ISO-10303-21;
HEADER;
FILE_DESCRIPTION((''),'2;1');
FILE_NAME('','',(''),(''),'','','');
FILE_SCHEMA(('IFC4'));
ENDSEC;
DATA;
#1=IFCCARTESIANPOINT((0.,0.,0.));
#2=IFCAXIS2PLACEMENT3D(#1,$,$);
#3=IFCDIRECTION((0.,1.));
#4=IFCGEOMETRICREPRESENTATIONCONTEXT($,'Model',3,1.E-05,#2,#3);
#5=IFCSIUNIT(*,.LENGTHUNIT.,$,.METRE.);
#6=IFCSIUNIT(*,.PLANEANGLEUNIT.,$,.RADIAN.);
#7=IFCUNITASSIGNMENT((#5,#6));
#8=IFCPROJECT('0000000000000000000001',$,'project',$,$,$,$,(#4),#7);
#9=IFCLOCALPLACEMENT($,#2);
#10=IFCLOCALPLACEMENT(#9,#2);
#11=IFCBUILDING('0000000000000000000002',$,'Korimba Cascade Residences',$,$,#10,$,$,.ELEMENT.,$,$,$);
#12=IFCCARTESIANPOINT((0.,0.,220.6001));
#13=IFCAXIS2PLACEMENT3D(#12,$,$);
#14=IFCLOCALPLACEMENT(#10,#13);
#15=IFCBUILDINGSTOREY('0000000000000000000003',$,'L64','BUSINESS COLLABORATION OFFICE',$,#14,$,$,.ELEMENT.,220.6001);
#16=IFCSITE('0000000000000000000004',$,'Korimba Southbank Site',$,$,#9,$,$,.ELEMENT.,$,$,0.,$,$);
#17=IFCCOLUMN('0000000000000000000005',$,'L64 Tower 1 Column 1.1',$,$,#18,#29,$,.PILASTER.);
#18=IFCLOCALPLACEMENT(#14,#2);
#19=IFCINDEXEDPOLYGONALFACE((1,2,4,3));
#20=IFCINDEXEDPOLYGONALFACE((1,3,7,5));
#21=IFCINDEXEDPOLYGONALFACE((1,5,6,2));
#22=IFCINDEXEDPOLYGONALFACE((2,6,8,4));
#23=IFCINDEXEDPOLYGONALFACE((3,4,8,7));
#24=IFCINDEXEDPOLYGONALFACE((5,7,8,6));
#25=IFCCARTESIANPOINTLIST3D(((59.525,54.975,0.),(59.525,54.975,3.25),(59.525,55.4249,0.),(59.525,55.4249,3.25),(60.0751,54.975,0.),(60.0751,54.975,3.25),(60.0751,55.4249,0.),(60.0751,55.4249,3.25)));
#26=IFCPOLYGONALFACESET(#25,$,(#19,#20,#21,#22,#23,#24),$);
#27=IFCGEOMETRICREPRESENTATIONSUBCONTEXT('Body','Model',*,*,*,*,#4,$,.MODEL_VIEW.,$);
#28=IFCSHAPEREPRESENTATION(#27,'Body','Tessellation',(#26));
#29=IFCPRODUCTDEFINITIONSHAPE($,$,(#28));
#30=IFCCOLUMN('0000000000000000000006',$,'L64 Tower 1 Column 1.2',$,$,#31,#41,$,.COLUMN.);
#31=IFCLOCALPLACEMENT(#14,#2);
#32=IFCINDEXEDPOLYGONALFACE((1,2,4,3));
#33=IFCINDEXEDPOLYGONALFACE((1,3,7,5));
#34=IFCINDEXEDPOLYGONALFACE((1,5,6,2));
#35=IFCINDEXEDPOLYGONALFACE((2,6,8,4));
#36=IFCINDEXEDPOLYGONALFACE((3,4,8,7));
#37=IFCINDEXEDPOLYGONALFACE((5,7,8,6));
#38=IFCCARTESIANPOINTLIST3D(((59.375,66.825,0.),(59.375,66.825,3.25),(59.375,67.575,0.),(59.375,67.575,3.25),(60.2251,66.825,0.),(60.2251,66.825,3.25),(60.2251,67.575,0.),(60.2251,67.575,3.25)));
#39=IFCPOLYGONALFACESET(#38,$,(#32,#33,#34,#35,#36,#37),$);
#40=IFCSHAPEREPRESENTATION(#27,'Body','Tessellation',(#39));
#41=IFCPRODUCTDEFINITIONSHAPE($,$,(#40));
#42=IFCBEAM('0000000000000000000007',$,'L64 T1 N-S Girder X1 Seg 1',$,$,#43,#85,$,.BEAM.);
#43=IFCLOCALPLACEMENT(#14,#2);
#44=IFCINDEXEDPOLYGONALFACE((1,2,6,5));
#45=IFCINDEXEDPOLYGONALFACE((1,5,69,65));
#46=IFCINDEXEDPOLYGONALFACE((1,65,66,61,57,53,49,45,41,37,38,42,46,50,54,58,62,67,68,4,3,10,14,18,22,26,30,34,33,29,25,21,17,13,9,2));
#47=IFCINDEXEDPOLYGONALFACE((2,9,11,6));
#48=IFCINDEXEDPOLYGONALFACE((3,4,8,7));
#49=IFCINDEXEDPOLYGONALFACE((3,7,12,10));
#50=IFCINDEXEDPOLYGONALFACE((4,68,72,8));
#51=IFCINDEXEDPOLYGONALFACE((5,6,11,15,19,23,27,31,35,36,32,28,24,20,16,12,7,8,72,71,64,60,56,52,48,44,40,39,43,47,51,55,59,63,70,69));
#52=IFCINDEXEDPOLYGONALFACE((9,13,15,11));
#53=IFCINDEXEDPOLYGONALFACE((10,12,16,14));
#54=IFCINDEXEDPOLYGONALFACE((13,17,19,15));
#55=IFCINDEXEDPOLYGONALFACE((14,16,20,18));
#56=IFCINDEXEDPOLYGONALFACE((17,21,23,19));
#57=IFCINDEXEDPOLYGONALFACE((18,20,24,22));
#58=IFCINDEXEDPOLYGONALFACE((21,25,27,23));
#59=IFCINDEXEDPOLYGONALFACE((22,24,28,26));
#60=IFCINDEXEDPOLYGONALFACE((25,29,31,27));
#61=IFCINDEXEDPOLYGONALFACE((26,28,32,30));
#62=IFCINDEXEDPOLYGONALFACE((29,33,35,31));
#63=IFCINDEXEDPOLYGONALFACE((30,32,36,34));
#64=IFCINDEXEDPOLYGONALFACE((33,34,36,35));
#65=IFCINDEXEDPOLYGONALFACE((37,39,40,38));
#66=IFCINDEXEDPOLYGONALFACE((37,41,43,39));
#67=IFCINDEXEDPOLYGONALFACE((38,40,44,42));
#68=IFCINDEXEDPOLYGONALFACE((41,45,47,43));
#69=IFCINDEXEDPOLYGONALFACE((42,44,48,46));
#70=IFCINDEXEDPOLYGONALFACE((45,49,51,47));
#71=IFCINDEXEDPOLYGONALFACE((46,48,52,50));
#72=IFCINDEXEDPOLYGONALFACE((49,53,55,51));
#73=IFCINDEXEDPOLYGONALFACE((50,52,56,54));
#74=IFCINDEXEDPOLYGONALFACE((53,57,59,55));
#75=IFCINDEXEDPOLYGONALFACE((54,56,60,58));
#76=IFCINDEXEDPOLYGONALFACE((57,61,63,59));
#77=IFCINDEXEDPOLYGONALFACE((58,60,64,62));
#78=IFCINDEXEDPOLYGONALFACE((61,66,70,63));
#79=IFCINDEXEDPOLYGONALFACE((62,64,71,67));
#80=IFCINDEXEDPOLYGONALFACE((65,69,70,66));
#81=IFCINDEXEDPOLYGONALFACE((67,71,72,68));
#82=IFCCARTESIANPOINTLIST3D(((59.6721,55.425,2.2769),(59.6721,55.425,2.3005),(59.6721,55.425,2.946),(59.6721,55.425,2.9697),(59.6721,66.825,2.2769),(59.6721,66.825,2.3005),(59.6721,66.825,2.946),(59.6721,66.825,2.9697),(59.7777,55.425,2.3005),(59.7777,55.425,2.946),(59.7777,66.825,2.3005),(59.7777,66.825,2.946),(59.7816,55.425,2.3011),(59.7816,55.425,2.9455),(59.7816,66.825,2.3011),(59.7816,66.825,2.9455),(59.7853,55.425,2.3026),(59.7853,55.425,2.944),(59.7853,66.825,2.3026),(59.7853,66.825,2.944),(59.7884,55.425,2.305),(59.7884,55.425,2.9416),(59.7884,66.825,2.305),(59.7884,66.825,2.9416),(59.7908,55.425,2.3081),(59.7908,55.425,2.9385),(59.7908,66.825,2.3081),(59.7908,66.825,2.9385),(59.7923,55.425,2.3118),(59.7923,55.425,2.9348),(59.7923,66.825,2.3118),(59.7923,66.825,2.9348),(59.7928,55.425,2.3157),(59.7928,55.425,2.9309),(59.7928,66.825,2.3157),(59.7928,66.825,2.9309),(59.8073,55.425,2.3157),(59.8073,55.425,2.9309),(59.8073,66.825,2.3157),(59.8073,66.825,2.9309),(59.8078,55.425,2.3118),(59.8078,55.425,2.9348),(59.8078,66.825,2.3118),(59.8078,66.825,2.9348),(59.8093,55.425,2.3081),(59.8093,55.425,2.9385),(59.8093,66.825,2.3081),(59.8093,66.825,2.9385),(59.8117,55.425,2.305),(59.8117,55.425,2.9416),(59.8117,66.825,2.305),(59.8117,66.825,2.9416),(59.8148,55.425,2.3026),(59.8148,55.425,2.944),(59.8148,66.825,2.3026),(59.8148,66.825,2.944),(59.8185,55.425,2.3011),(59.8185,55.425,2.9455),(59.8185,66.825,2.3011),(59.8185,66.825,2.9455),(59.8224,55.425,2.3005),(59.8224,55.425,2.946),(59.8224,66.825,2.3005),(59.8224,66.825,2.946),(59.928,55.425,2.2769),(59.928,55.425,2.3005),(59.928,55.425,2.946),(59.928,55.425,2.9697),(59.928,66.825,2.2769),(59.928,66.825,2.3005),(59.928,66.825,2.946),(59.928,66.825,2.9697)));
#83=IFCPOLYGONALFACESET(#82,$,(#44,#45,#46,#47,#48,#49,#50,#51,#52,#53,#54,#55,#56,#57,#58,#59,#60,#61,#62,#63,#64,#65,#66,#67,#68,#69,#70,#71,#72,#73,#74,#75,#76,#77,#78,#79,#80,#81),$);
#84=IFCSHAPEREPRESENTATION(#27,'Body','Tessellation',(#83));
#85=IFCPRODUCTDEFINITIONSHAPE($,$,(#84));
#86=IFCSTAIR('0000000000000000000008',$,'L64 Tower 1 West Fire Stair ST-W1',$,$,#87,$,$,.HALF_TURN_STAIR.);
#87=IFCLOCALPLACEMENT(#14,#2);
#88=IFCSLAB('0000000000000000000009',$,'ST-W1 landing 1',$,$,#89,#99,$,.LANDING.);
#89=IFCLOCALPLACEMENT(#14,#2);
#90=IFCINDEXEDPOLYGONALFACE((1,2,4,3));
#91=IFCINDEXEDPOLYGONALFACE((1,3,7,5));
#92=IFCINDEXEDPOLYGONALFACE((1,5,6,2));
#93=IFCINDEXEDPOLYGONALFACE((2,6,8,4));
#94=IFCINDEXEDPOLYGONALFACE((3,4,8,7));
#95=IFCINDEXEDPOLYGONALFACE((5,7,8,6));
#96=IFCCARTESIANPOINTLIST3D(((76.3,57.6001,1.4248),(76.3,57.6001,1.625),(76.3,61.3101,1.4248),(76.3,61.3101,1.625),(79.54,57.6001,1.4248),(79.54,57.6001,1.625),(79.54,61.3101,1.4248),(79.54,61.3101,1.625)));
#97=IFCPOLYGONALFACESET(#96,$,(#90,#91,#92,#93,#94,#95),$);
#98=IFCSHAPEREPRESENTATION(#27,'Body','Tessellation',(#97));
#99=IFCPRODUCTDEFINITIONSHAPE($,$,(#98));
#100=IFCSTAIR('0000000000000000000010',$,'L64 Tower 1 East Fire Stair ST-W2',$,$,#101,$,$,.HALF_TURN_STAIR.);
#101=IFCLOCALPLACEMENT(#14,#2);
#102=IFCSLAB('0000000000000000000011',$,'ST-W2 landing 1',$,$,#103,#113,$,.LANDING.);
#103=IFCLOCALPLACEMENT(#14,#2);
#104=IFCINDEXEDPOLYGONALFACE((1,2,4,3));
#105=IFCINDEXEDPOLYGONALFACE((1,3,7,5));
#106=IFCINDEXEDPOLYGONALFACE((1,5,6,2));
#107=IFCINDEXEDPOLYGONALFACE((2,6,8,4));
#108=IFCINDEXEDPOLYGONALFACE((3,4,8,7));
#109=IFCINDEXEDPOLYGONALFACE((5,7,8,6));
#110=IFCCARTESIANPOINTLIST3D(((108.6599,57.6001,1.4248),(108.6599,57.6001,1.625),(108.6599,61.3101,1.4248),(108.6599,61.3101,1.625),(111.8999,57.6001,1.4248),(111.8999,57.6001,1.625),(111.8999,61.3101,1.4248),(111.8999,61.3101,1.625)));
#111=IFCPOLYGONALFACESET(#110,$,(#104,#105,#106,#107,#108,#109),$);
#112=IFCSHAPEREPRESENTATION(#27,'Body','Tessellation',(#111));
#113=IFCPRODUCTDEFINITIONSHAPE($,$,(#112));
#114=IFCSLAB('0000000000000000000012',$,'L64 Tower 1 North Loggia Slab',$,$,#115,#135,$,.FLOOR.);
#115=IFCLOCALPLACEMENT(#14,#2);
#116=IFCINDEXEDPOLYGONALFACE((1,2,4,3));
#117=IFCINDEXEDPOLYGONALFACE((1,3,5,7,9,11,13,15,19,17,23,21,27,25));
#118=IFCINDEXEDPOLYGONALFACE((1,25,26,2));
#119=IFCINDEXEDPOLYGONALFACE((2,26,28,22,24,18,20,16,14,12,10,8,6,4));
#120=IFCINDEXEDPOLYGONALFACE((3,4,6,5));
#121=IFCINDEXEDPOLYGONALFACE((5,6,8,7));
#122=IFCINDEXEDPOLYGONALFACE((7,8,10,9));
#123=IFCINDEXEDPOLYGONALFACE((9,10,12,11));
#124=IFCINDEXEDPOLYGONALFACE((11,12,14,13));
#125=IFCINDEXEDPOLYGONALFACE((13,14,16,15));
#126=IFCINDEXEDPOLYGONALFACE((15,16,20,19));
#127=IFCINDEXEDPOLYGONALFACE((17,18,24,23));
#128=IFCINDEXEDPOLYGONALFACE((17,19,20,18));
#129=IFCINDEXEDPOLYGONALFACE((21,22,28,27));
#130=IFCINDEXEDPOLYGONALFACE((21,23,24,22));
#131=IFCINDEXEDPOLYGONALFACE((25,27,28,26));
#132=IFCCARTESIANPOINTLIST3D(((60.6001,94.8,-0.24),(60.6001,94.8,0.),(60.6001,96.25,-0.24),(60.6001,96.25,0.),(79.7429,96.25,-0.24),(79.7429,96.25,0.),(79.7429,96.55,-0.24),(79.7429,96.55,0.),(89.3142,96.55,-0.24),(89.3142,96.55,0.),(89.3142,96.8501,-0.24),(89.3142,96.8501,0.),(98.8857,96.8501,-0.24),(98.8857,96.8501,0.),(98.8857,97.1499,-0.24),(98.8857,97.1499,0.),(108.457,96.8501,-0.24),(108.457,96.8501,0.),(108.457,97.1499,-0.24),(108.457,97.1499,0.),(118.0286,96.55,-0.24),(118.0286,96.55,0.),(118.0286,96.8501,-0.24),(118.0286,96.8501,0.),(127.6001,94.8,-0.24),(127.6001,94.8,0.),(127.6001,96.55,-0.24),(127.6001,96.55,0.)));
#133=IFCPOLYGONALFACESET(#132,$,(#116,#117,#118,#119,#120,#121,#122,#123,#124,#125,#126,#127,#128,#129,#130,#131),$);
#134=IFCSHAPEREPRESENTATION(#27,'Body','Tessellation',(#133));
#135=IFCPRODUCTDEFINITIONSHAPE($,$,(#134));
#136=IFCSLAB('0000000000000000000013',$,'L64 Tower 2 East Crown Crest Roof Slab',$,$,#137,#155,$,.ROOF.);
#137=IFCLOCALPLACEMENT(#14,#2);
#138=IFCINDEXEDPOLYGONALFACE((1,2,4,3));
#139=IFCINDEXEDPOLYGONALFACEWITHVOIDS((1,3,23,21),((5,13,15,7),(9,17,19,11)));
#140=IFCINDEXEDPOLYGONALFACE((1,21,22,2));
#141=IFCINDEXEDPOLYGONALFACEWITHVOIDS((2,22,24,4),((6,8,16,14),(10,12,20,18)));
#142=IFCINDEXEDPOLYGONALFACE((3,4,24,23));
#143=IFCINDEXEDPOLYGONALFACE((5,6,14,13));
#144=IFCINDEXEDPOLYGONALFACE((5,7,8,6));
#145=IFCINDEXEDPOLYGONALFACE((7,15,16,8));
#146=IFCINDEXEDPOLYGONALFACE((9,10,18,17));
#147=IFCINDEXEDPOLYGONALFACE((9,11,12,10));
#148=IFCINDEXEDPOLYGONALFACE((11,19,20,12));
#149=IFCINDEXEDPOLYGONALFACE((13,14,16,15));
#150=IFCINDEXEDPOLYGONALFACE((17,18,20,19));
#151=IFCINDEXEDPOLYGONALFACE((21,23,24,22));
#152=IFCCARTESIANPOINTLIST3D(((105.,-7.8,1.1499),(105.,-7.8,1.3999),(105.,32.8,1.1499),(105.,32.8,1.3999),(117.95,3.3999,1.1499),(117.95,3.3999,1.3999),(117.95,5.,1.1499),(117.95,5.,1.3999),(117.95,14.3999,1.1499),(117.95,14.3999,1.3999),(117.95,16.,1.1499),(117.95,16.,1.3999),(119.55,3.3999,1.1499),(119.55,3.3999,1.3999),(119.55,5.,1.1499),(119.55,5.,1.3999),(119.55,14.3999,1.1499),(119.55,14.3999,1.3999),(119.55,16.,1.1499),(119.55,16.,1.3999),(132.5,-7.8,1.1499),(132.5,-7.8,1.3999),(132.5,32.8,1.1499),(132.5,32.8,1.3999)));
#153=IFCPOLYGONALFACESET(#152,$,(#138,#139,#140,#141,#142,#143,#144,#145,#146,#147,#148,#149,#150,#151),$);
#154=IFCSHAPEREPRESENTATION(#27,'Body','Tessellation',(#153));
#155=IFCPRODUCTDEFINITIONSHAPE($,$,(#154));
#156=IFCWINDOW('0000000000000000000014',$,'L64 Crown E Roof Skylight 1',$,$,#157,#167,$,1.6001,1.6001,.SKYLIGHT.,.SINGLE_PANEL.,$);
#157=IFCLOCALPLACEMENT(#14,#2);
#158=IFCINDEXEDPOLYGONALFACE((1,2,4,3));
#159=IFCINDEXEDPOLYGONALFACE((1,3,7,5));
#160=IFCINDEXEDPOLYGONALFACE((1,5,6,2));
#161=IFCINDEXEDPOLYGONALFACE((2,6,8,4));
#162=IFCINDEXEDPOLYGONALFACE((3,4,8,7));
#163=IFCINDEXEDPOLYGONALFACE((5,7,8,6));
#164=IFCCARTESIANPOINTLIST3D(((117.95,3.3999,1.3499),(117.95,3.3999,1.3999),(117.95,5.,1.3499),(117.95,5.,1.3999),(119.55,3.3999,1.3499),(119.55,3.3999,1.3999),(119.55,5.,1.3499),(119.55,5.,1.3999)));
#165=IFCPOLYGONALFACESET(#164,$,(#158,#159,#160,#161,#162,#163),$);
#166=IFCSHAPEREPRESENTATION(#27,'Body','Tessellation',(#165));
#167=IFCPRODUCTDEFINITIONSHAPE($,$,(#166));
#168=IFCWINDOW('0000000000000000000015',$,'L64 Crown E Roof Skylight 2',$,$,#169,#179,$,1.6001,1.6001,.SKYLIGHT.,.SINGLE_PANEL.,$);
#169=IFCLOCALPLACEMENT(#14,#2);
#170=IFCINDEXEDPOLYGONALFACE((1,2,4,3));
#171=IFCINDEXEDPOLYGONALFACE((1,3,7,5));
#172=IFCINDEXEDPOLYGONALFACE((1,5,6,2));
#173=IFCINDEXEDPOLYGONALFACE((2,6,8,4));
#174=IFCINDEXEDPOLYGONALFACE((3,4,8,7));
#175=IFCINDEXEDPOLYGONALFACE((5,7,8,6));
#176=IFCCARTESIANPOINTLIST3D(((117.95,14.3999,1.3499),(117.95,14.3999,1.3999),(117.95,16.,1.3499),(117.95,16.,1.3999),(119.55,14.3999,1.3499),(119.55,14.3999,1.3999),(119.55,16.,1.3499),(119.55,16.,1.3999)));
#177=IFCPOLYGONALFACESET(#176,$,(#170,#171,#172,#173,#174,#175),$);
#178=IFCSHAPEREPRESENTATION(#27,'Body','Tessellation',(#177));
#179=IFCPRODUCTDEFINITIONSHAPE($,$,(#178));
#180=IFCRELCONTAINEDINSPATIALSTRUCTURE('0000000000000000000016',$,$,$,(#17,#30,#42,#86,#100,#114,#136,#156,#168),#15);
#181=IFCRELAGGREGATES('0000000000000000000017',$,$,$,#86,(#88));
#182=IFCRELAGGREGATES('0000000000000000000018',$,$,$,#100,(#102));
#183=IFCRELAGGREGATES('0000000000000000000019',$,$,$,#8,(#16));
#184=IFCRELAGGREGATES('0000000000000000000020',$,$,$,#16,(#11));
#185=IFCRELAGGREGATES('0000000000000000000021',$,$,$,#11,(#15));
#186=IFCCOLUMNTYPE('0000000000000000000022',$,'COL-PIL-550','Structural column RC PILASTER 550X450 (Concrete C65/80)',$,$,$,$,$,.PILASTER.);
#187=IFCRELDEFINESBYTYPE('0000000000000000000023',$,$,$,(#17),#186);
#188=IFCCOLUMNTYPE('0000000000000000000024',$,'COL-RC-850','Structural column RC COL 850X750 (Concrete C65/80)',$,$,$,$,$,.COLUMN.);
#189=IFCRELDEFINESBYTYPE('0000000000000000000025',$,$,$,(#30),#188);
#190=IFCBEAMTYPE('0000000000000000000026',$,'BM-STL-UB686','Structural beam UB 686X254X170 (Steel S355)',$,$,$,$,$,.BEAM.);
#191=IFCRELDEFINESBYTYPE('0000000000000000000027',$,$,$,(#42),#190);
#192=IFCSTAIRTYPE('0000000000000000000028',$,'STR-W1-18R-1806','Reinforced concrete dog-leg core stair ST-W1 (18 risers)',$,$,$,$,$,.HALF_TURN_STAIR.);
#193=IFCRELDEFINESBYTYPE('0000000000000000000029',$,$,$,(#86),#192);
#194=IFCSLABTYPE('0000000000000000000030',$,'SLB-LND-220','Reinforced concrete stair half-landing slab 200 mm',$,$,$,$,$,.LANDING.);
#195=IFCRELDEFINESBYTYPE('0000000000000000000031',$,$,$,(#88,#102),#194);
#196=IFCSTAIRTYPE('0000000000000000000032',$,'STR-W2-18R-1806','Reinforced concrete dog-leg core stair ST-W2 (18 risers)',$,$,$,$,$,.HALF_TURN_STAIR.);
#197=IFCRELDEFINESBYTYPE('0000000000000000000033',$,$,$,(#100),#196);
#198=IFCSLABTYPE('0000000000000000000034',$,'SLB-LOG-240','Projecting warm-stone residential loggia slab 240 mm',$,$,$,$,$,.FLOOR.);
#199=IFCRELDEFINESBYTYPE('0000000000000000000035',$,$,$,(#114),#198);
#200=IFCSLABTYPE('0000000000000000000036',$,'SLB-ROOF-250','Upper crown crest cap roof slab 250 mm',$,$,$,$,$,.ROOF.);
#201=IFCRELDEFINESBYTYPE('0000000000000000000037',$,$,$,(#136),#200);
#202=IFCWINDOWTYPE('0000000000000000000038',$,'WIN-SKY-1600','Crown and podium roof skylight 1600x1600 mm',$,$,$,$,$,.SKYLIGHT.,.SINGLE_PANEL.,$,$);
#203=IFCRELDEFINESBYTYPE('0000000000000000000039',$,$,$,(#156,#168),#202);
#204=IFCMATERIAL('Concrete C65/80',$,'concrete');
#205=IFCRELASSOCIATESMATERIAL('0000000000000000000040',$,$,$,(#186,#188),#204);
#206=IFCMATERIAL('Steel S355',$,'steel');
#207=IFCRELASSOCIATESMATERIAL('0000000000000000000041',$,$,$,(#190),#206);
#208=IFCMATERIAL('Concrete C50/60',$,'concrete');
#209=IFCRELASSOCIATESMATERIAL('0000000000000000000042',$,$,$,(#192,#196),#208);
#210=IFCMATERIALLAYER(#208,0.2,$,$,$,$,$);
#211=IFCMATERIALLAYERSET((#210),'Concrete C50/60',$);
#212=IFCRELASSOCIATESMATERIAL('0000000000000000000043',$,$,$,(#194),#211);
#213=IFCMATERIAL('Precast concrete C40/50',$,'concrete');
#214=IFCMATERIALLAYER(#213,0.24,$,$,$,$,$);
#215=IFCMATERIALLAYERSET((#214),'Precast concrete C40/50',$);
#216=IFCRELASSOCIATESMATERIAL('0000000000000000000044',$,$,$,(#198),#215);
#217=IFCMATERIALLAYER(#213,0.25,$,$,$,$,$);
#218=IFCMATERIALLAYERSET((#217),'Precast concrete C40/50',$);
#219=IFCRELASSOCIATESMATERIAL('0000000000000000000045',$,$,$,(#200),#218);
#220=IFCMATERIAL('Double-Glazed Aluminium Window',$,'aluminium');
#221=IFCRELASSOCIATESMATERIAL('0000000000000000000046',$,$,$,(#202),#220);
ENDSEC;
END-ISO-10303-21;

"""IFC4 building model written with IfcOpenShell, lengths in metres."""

from ifc_helpers import new_model, si_unit, direction, frame, origin, origin_2d, place, context, subcontext, project, spatial, polyline, rectangle, i_section, outline, extrude, material, layer, layer_set, material_profile, profile_set, type_object, element, fill, aggregate, save


model = new_model("IFC4")

# Units and contexts
model_context = context("Model", 3, precision=1e-05, world=origin(), true_north=direction((0.0, 1.0)))
body_context = subcontext(model_context, "Body", "Model", "MODEL_VIEW")
ifc_project = project(units=[si_unit("LENGTHUNIT", "METRE"), si_unit("PLANEANGLEUNIT", "RADIAN")], contexts=[model_context])

# Site, building, storey
site_placement = place(None, origin())
site = spatial("IfcSite", under=ifc_project, at=site_placement, Name="Korimba Southbank Site", CompositionType="ELEMENT", RefElevation=0.0)
building_placement = place(site_placement, origin())
building = spatial("IfcBuilding", under=site, at=building_placement, Name="Korimba Cascade Residences", CompositionType="ELEMENT")
storey_placement = place(building_placement, frame((0.0, 0.0, 220.6001)))
storey = spatial("IfcBuildingStorey", under=building, at=storey_placement, Name="L64", Description="BUSINESS COLLABORATION OFFICE", CompositionType="ELEMENT", Elevation=220.6001)

# Columns
ifc_material_1 = material(Name="Concrete C65/80", Category="concrete")
ifc_material_profile_1 = material_profile(ifc_material_1, rectangle(XDim=0.55, YDim=0.45, at=origin_2d()), Name="Concrete C65/80")
ifc_profile_set_1 = profile_set([ifc_material_profile_1], Name="Concrete C65/80")
column_type_1 = type_object("IfcColumnType", Name="COL-PIL-550", Description="Structural column RC PILASTER 550X450 (Concrete C65/80)", PredefinedType="PILASTER", material=ifc_profile_set_1)
column_1_placement = place(storey_placement, frame((59.8, 55.2, 0.0), z_axis=(0.0, 0.0, 1.0), x_axis=(1.0, 0.0, 0.0)))
element("IfcColumn", 1, at=column_1_placement, inside=storey, type_object=column_type_1, Name="L64 Tower 1 Column 1.1", PredefinedType="PILASTER", context=body_context, shape_type="SweptSolid", body=[
    extrude(rectangle(XDim=0.55, YDim=0.45, at=origin_2d()), origin(), (0.0, 0.0, 1.0), 3.25),
])
ifc_material_profile_2 = material_profile(ifc_material_1, rectangle(XDim=0.8501, YDim=0.75, at=origin_2d()), Name="Concrete C65/80")
ifc_profile_set_2 = profile_set([ifc_material_profile_2], Name="Concrete C65/80")
column_type_2 = type_object("IfcColumnType", Name="COL-RC-850", Description="Structural column RC COL 850X750 (Concrete C65/80)", PredefinedType="COLUMN", material=ifc_profile_set_2)
column_2_placement = place(storey_placement, frame((59.8, 67.2, 0.0), z_axis=(0.0, 0.0, 1.0), x_axis=(1.0, 0.0, 0.0)))
element("IfcColumn", 2, at=column_2_placement, inside=storey, type_object=column_type_2, Name="L64 Tower 1 Column 1.2", PredefinedType="COLUMN", context=body_context, shape_type="SweptSolid", body=[
    extrude(rectangle(XDim=0.8501, YDim=0.75, at=origin_2d()), origin(), (0.0, 0.0, 1.0), 3.25),
])

# Beam
ifc_material_2 = material(Name="Steel S355", Category="steel")
ifc_material_profile_3 = material_profile(ifc_material_2, i_section(OverallWidth=0.2559, OverallDepth=0.6929, WebThickness=0.0144, FlangeThickness=0.0237, FilletRadius=0.0151, at=origin_2d()), Name="Steel S355")
ifc_profile_set_3 = profile_set([ifc_material_profile_3], Name="Steel S355")
beam_type = type_object("IfcBeamType", Name="BM-STL-UB686", Description="Structural beam UB 686X254X170 (Steel S355)", PredefinedType="BEAM", material=ifc_profile_set_3)
beam_placement = place(storey_placement, frame((59.8, 55.425, 2.6233), z_axis=(0.0, 1.0, 0.0), x_axis=(-1.0, 0.0, 0.0)))
element("IfcBeam", 3, at=beam_placement, inside=storey, type_object=beam_type, Name="L64 T1 N-S Girder X1 Seg 1", PredefinedType="BEAM", context=body_context, shape_type="SweptSolid", body=[
    extrude(i_section(OverallWidth=0.2559, OverallDepth=0.6929, WebThickness=0.0144, FlangeThickness=0.0237, FilletRadius=0.0151, at=origin_2d()), origin(), (0.0, 0.0, 1.0), 11.3999),
])

# Stairs, slabs
ifc_material_3 = material(Name="Concrete C50/60", Category="concrete")
stair_type_1 = type_object("IfcStairType", Name="STR-W1-18R-1806", Description="Reinforced concrete dog-leg core stair ST-W1 (18 risers)", PredefinedType="HALF_TURN_STAIR", material=ifc_material_3)
stair_1_placement = place(storey_placement, origin())
stair_1 = element("IfcStair", 4, at=stair_1_placement, inside=storey, type_object=stair_type_1, Name="L64 Tower 1 West Fire Stair ST-W1", PredefinedType="HALF_TURN_STAIR")
ifc_layer_1 = layer(ifc_material_3, 0.2)
ifc_layer_set_1 = layer_set([ifc_layer_1], Name="Concrete C50/60")
slab_type_1 = type_object("IfcSlabType", Name="SLB-LND-220", Description="Reinforced concrete stair half-landing slab 200 mm", PredefinedType="LANDING", material=ifc_layer_set_1)
slab_1_placement = place(storey_placement, frame((0.0, 0.0, 1.4248)))
slab_1 = element("IfcSlab", 5, at=slab_1_placement, type_object=slab_type_1, Name="ST-W1 landing 1", PredefinedType="LANDING", context=body_context, shape_type="SweptSolid", body=[
    extrude(outline(polyline([(76.3, 61.3101), (76.3, 57.6001), (79.54, 57.6001), (79.54, 61.3101), (76.3, 61.3101)])), origin(), (0.0, 0.0, 1.0), 0.2002),
])
aggregate(stair_1, [slab_1])
stair_type_2 = type_object("IfcStairType", Name="STR-W2-18R-1806", Description="Reinforced concrete dog-leg core stair ST-W2 (18 risers)", PredefinedType="HALF_TURN_STAIR", material=ifc_material_3)
stair_2_placement = place(storey_placement, origin())
stair_2 = element("IfcStair", 6, at=stair_2_placement, inside=storey, type_object=stair_type_2, Name="L64 Tower 1 East Fire Stair ST-W2", PredefinedType="HALF_TURN_STAIR")
slab_2_placement = place(storey_placement, frame((0.0, 0.0, 1.4248)))
slab_2 = element("IfcSlab", 7, at=slab_2_placement, type_object=slab_type_1, Name="ST-W2 landing 1", PredefinedType="LANDING", context=body_context, shape_type="SweptSolid", body=[
    extrude(outline(polyline([(108.6599, 61.3101), (108.6599, 57.6001), (111.8999, 57.6001), (111.8999, 61.3101), (108.6599, 61.3101)])), origin(), (0.0, 0.0, 1.0), 0.2002),
])
aggregate(stair_2, [slab_2])

# Slab
ifc_material_4 = material(Name="Precast concrete C40/50", Category="concrete")
ifc_layer_2 = layer(ifc_material_4, 0.24)
ifc_layer_set_2 = layer_set([ifc_layer_2], Name="Precast concrete C40/50")
slab_type_2 = type_object("IfcSlabType", Name="SLB-LOG-240", Description="Projecting warm-stone residential loggia slab 240 mm", PredefinedType="FLOOR", material=ifc_layer_set_2)
slab_3_placement = place(storey_placement, frame((0.0, 0.0, -0.24)))
element("IfcSlab", 8, at=slab_3_placement, inside=storey, type_object=slab_type_2, Name="L64 Tower 1 North Loggia Slab", PredefinedType="FLOOR", context=body_context, shape_type="SweptSolid", body=[
    extrude(outline(polyline([(60.6001, 94.8), (127.6001, 94.8), (127.6001, 96.55), (118.0286, 96.55), (118.0286, 96.8501), (108.457, 96.8501), (108.457, 97.1499), (98.8857, 97.1499), (98.8857, 96.8501), (89.3142, 96.8501), (89.3142, 96.55), (79.7429, 96.55), (79.7429, 96.25), (60.6001, 96.25), (60.6001, 94.8)])), origin(), (0.0, 0.0, 1.0), 0.24),
])

# Slab, openings, windows
ifc_layer_3 = layer(ifc_material_4, 0.25)
ifc_layer_set_3 = layer_set([ifc_layer_3], Name="Precast concrete C40/50")
slab_type_3 = type_object("IfcSlabType", Name="SLB-ROOF-250", Description="Upper crown crest cap roof slab 250 mm", PredefinedType="ROOF", material=ifc_layer_set_3)
slab_4_placement = place(storey_placement, frame((0.0, 0.0, 1.1499)))
slab_4 = element("IfcSlab", 9, at=slab_4_placement, inside=storey, type_object=slab_type_3, Name="L64 Tower 2 East Crown Crest Roof Slab", PredefinedType="ROOF", context=body_context, shape_type="SweptSolid", body=[
    extrude(outline(polyline([(105.0, -7.8), (132.5, -7.8), (132.5, 32.8), (105.0, 32.8), (105.0, -7.8)])), origin(), (0.0, 0.0, 1.0), 0.25),
])
opening_1_placement = place(slab_4_placement, frame((118.75, 4.2, 0.0)))
opening_1 = element("IfcOpeningElement", 10, at=opening_1_placement, cuts=slab_4, PredefinedType="OPENING", context=body_context, shape_type="SweptSolid", body=[
    extrude(rectangle(XDim=1.6001, YDim=1.6001, at=origin_2d()), frame((0.0, 0.0, -0.01)), (0.0, 0.0, 1.0), 0.27),
])
opening_2_placement = place(slab_4_placement, frame((118.75, 15.2, 0.0)))
opening_2 = element("IfcOpeningElement", 11, at=opening_2_placement, cuts=slab_4, PredefinedType="OPENING", context=body_context, shape_type="SweptSolid", body=[
    extrude(rectangle(XDim=1.6001, YDim=1.6001, at=origin_2d()), frame((0.0, 0.0, -0.01)), (0.0, 0.0, 1.0), 0.27),
])
ifc_material_5 = material(Name="Double-Glazed Aluminium Window", Category="aluminium")
window_type_1 = type_object("IfcWindowType", Name="WIN-SKY-1600", Description="Crown and podium roof skylight 1600x1600 mm", PartitioningType="SINGLE_PANEL", PredefinedType="SKYLIGHT", material=ifc_material_5)
window_1_placement = place(opening_1_placement, frame((0.0, 0.0, 0.2)))
window_1 = element("IfcWindow", 12, at=window_1_placement, inside=storey, type_object=window_type_1, Name="L64 Crown E Roof Skylight 1", OverallHeight=1.6001, OverallWidth=1.6001, PartitioningType="SINGLE_PANEL", PredefinedType="SKYLIGHT", context=body_context, shape_type="SweptSolid", body=[
    extrude(rectangle(XDim=1.6001, YDim=1.6001, at=origin_2d()), origin(), (0.0, 0.0, 1.0), 0.05),
])
fill(opening_1, window_1)
window_2_placement = place(opening_2_placement, frame((0.0, 0.0, 0.2)))
window_2 = element("IfcWindow", 13, at=window_2_placement, inside=storey, type_object=window_type_1, Name="L64 Crown E Roof Skylight 2", OverallHeight=1.6001, OverallWidth=1.6001, PartitioningType="SINGLE_PANEL", PredefinedType="SKYLIGHT", context=body_context, shape_type="SweptSolid", body=[
    extrude(rectangle(XDim=1.6001, YDim=1.6001, at=origin_2d()), origin(), (0.0, 0.0, 1.0), 0.05),
])
fill(opening_2, window_2)

save(model, "model.ifc")
